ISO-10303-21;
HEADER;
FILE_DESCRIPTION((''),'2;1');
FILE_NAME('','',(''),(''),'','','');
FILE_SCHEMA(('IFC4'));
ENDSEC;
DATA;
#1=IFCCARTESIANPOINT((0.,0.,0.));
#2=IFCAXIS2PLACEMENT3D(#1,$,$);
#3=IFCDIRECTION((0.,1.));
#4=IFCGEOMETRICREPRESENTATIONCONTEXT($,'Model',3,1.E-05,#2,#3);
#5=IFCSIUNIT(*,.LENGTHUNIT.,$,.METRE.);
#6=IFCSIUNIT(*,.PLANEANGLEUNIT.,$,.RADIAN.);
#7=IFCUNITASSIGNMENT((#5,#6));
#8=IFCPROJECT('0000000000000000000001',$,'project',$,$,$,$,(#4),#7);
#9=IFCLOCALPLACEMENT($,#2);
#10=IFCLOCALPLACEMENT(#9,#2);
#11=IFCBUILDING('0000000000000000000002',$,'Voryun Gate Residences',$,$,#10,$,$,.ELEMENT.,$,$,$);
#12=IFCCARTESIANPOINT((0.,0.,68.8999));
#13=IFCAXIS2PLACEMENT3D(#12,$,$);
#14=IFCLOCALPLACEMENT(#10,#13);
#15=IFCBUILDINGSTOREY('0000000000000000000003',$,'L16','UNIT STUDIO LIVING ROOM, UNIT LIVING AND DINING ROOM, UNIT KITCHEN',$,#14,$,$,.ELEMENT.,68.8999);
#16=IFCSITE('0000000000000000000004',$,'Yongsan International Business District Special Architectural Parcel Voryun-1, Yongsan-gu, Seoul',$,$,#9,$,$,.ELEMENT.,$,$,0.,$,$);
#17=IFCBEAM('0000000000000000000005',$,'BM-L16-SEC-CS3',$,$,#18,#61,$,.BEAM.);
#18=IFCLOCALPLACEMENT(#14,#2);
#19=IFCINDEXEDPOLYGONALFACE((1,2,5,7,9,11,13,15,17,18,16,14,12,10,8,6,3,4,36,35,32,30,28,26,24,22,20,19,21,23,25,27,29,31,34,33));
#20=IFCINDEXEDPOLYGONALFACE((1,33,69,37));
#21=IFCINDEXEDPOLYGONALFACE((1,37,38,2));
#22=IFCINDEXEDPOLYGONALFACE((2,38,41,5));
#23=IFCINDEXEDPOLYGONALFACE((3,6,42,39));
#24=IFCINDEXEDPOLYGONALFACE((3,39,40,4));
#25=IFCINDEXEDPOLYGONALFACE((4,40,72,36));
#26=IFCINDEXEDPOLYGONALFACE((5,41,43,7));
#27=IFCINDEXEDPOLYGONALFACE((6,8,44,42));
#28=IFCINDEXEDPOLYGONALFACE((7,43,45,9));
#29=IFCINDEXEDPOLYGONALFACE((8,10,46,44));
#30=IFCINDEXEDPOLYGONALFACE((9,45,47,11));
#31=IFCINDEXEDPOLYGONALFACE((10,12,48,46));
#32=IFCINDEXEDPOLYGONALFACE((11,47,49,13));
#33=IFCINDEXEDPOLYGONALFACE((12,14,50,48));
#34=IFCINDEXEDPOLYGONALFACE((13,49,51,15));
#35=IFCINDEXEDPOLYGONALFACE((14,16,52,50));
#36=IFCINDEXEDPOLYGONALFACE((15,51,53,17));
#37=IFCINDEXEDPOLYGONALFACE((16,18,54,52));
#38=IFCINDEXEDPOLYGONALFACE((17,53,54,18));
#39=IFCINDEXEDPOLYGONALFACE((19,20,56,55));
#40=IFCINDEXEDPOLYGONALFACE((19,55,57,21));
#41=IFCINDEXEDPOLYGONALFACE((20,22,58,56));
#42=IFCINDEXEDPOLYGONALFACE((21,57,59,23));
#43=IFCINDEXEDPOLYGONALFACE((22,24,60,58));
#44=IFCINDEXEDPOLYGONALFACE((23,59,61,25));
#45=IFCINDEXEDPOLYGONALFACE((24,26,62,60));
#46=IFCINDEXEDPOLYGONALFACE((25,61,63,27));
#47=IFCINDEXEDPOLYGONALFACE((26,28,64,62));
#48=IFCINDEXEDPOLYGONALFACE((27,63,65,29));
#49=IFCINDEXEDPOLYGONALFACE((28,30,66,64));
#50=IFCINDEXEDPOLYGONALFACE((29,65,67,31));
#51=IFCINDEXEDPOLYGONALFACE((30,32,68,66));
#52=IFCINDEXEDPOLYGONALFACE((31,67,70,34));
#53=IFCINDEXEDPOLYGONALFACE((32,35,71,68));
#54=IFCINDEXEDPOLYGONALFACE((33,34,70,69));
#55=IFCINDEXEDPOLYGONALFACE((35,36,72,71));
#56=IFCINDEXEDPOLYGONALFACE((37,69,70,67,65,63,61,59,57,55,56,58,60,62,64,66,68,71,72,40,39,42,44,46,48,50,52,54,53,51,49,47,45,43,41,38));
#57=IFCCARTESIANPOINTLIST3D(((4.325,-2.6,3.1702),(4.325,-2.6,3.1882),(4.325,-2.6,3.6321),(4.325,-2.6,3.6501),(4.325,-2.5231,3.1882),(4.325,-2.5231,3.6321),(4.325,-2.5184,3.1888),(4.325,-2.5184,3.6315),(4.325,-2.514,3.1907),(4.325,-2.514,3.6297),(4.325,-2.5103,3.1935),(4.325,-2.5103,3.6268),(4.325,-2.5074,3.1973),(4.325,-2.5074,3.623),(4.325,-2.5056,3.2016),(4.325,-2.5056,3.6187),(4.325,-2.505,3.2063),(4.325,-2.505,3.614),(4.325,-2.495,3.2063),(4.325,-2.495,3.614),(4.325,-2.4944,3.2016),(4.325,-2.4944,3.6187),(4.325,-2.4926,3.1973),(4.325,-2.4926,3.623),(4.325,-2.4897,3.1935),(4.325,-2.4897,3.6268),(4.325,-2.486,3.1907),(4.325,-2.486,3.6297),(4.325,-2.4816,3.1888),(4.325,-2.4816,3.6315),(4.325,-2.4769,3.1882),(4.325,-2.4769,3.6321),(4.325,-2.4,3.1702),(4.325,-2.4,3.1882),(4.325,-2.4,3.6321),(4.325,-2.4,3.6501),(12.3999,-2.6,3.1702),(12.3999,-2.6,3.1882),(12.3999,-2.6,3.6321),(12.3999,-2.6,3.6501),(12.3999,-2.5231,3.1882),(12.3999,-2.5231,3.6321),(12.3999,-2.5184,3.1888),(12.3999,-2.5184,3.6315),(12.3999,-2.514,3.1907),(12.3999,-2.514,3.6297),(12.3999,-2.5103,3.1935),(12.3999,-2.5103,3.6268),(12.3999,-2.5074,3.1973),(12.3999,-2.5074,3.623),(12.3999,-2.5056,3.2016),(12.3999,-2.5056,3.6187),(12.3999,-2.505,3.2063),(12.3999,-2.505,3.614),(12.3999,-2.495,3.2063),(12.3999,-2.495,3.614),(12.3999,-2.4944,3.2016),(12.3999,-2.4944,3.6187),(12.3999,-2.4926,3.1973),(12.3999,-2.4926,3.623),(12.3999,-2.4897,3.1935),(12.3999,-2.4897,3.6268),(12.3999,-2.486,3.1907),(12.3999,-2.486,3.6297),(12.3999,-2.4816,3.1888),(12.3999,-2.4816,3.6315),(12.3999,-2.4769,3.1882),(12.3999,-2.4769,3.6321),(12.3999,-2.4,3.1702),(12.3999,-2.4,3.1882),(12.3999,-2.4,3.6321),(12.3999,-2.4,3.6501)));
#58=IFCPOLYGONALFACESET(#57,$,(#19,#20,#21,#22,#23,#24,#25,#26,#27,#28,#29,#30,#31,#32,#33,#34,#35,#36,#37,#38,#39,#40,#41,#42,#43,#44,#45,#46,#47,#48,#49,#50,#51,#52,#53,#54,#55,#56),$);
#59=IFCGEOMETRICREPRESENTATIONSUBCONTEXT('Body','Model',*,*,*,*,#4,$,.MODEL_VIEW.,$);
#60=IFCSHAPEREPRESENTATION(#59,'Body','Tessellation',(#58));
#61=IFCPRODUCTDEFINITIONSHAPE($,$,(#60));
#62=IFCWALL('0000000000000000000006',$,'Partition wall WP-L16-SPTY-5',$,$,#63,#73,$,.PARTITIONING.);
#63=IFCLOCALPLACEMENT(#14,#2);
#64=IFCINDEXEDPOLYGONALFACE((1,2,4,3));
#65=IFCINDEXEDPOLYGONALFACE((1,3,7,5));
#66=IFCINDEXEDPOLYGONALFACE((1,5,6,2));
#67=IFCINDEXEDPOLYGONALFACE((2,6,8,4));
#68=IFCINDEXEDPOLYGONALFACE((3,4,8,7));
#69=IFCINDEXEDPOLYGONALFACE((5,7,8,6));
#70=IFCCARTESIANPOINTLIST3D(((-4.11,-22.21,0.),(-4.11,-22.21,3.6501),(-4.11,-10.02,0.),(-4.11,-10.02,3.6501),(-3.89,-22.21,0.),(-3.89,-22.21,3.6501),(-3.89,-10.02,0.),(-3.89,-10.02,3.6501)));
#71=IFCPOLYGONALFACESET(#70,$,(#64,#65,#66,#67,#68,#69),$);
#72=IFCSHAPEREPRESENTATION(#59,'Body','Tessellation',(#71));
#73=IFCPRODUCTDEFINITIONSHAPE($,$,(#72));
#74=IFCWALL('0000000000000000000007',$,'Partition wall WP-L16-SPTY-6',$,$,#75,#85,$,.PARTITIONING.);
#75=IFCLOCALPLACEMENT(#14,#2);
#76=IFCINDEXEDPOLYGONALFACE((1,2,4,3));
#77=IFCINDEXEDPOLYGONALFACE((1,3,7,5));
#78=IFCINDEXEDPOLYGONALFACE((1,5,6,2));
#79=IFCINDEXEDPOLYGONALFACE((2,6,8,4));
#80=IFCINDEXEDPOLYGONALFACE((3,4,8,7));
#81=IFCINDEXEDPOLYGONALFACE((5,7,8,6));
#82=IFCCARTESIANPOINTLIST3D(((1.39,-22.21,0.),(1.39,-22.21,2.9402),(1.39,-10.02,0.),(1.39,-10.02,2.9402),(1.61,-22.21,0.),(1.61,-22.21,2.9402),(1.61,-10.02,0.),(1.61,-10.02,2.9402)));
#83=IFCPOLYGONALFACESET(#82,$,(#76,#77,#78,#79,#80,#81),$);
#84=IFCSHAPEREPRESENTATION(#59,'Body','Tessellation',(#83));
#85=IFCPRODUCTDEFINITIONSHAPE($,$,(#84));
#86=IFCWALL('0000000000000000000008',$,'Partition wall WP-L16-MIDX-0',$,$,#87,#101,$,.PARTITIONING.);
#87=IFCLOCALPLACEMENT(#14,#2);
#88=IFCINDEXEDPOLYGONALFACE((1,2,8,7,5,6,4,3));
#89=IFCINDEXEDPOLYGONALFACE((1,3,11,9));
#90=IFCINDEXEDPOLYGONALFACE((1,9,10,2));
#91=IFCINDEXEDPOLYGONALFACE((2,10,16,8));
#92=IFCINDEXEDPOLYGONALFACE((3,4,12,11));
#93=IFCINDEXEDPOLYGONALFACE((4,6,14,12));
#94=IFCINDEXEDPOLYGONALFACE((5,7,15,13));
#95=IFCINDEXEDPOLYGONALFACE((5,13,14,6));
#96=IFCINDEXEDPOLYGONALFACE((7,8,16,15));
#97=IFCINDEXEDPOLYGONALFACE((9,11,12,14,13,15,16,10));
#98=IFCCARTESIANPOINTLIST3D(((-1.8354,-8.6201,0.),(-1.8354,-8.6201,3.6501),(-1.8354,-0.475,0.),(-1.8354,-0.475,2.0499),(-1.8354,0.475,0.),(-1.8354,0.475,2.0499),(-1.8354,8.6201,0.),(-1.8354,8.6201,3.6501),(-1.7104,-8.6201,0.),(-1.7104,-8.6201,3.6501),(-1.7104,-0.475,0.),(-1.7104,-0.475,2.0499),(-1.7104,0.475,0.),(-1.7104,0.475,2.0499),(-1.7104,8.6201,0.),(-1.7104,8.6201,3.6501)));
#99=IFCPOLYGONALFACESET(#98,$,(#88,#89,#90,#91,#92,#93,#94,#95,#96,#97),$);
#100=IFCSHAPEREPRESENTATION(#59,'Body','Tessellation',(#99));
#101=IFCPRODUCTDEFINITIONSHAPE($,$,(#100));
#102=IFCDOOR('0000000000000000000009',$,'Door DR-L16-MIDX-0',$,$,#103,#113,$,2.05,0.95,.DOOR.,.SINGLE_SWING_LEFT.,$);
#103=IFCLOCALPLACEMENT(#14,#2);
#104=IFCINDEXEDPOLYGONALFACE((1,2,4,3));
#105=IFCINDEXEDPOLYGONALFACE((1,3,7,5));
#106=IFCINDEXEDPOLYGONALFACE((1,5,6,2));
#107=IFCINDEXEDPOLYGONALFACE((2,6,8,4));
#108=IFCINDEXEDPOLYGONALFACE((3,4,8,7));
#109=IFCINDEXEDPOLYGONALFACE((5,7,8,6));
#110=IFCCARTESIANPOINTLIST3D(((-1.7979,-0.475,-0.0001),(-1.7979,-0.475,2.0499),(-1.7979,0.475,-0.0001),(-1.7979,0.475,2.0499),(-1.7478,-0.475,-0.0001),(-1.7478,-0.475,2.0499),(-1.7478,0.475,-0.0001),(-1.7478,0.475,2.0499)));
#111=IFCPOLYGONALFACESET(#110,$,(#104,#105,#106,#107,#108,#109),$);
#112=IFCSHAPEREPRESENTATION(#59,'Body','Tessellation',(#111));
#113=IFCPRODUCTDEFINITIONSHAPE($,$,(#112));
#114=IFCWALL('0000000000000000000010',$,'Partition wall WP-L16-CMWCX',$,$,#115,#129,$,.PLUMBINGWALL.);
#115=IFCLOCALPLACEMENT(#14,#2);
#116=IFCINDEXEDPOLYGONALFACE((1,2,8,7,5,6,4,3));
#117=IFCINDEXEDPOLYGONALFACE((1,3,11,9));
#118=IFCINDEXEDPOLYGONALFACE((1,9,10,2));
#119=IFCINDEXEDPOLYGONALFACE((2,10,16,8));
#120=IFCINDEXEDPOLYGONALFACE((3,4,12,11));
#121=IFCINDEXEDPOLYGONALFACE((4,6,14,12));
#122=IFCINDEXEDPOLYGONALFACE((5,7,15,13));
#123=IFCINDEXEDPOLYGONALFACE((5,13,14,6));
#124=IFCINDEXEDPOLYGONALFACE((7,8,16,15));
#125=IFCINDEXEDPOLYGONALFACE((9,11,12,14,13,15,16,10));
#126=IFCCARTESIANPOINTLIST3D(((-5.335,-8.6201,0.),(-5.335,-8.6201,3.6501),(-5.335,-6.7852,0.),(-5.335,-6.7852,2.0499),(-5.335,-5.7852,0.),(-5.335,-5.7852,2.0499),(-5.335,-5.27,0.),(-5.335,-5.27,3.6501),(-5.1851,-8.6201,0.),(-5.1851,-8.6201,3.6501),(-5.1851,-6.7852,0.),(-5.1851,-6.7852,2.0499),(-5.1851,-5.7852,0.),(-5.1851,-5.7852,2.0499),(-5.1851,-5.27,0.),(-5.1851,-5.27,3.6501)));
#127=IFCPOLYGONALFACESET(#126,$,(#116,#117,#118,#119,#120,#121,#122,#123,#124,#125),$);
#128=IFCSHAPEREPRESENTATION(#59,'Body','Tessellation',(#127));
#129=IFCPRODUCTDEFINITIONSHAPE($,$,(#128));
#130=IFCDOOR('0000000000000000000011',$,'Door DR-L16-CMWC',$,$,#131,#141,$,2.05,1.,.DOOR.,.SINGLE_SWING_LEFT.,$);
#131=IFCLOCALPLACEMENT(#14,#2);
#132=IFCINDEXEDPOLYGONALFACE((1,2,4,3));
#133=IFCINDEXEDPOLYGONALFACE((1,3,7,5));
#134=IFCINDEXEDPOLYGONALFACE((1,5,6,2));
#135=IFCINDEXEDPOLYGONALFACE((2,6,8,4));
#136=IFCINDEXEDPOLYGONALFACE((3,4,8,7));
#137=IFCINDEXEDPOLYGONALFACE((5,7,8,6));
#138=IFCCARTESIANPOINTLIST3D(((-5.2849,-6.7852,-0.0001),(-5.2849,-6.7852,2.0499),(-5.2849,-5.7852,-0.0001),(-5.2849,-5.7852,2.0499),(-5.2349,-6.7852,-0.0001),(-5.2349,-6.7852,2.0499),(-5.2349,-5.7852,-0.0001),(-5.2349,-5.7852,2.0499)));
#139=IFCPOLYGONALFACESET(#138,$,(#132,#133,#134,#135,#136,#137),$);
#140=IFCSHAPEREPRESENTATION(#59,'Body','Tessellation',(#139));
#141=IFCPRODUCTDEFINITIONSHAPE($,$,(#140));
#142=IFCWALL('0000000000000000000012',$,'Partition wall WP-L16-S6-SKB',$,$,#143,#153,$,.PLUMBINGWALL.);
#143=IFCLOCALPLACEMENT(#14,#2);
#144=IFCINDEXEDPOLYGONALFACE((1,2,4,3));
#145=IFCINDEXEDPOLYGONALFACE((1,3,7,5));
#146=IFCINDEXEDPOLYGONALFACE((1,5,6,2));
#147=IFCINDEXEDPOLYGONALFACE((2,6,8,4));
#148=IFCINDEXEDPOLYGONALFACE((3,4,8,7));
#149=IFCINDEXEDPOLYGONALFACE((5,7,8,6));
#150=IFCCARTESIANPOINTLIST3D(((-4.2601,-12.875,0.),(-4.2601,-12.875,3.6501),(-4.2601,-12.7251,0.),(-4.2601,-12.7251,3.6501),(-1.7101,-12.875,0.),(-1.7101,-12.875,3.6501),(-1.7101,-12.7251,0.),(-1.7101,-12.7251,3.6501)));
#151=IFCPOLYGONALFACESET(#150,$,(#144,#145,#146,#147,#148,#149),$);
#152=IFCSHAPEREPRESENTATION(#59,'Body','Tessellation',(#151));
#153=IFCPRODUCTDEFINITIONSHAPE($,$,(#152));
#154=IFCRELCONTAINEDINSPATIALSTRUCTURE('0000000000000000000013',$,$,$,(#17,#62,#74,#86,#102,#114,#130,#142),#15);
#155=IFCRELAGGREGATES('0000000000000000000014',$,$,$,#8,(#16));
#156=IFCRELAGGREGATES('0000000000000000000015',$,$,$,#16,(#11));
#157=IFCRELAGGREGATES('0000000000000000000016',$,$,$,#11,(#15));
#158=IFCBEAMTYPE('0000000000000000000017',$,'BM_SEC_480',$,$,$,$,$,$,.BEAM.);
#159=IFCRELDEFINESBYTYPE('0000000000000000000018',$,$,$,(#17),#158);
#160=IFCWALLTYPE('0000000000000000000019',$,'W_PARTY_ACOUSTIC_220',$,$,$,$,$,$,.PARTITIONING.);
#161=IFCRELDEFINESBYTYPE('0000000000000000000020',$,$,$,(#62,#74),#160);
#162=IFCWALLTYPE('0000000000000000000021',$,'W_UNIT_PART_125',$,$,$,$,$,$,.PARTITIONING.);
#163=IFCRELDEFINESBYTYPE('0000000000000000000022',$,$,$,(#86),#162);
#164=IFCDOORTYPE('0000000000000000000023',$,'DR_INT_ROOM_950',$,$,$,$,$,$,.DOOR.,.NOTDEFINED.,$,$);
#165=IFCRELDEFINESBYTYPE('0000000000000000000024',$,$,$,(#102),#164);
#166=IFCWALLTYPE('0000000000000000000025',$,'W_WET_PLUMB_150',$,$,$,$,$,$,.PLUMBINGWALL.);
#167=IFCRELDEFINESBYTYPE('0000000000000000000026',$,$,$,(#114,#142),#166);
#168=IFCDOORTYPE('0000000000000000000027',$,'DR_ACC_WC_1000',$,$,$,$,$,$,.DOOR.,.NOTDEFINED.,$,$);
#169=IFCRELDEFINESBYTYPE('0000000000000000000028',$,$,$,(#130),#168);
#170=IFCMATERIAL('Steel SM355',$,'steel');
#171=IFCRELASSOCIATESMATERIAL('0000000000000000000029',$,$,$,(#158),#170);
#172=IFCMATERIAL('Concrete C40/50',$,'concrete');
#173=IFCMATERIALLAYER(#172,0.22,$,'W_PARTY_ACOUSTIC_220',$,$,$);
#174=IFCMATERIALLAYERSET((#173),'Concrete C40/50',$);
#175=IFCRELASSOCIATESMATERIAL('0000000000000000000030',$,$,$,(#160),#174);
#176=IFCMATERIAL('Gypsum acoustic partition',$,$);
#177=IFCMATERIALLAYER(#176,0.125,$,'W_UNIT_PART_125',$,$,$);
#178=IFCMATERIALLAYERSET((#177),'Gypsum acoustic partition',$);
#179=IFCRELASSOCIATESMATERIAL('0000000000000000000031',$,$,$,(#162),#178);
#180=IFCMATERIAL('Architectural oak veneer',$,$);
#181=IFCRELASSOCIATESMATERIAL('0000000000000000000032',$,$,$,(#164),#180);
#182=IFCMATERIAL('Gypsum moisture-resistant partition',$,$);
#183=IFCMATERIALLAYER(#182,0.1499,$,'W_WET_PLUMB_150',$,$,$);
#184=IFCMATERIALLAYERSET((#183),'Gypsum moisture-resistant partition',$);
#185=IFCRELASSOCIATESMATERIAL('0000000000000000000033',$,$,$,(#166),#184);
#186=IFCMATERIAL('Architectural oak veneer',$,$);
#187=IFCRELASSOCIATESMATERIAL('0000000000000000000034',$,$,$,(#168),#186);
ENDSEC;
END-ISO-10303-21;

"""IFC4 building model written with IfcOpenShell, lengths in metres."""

from ifc_helpers import new_model, si_unit, direction, frame, frame_2d, origin, origin_2d, place, context, subcontext, project, spatial, rectangle, i_section, extrude, material, layer, layer_set, material_profile, profile_set, type_object, element, fill, save


model = new_model("IFC4")

# Units and contexts
model_context = context("Model", 3, precision=1e-05, world=origin(), true_north=direction((0.0, 1.0)))
body_context = subcontext(model_context, "Body", "Model", "MODEL_VIEW")
ifc_project = project(units=[si_unit("LENGTHUNIT", "METRE"), si_unit("PLANEANGLEUNIT", "RADIAN")], contexts=[model_context])

# Site, building, storey
site_placement = place(None, origin())
site = spatial("IfcSite", under=ifc_project, at=site_placement, Name="Yongsan International Business District Special Architectural Parcel Voryun-1, Yongsan-gu, Seoul", CompositionType="ELEMENT", RefElevation=0.0)
building_placement = place(site_placement, origin())
building = spatial("IfcBuilding", under=site, at=building_placement, Name="Voryun Gate Residences", CompositionType="ELEMENT")
storey_placement = place(building_placement, frame((0.0, 0.0, 68.8999)))
storey = spatial("IfcBuildingStorey", under=building, at=storey_placement, Name="L16", Description="UNIT STUDIO LIVING ROOM, UNIT LIVING AND DINING ROOM, UNIT KITCHEN", CompositionType="ELEMENT", Elevation=68.8999)

# Beam
ifc_material_1 = material(Name="Steel SM355", Category="steel")
ifc_material_profile_1 = material_profile(ifc_material_1, i_section(OverallWidth=0.2, OverallDepth=0.48, WebThickness=0.01, FlangeThickness=0.0181, FilletRadius=0.0181, at=origin_2d()), Name="H-480x200x10x18")
ifc_profile_set_1 = profile_set([ifc_material_profile_1], Name="Steel SM355")
beam_type_1 = type_object("IfcBeamType", Name="BM_SEC_480", PredefinedType="BEAM", material=ifc_profile_set_1)
beam_1_placement = place(storey_placement, frame((4.325, -2.5, 3.4102), z_axis=(1.0, 0.0, 0.0), x_axis=(0.0, 1.0, 0.0)))
element("IfcBeam", 1, at=beam_1_placement, inside=storey, type_object=beam_type_1, Name="BM-L16-SEC-CS3", PredefinedType="BEAM", context=body_context, shape_type="SweptSolid", body=[
    extrude(i_section(OverallWidth=0.2, OverallDepth=0.48, WebThickness=0.01, FlangeThickness=0.0181, FilletRadius=0.0181, at=origin_2d()), origin(), (0.0, 0.0, 1.0), 8.075),
])

# Walls
ifc_material_2 = material(Name="Concrete C40/50", Category="concrete")
ifc_layer_1 = layer(ifc_material_2, 0.22, Name="W_PARTY_ACOUSTIC_220")
ifc_layer_set_1 = layer_set([ifc_layer_1], Name="Concrete C40/50")
wall_type_1 = type_object("IfcWallType", Name="W_PARTY_ACOUSTIC_220", PredefinedType="PARTITIONING", material=ifc_layer_set_1)
wall_1_placement = place(storey_placement, frame((-4.0, -22.21, 0.0), z_axis=(0.0, 0.0, 1.0), x_axis=(0.0, 1.0, 0.0)))
element("IfcWall", 2, at=wall_1_placement, inside=storey, type_object=wall_type_1, Name="Partition wall WP-L16-SPTY-5", PredefinedType="PARTITIONING", context=body_context, shape_type="SweptSolid", body=[
    extrude(rectangle(XDim=12.1899, YDim=0.22, at=frame_2d((6.095, 0.0))), origin(), (0.0, 0.0, 1.0), 3.6501),
])
wall_2_placement = place(storey_placement, frame((1.5, -22.21, 0.0), z_axis=(0.0, 0.0, 1.0), x_axis=(0.0, 1.0, 0.0)))
element("IfcWall", 3, at=wall_2_placement, inside=storey, type_object=wall_type_1, Name="Partition wall WP-L16-SPTY-6", PredefinedType="PARTITIONING", context=body_context, shape_type="SweptSolid", body=[
    extrude(rectangle(XDim=12.1899, YDim=0.22, at=frame_2d((6.095, 0.0))), origin(), (0.0, 0.0, 1.0), 2.9402),
])

# Walls, openings, doors
ifc_material_3 = material(Name="Gypsum acoustic partition")
ifc_layer_2 = layer(ifc_material_3, 0.125, Name="W_UNIT_PART_125")
ifc_layer_set_2 = layer_set([ifc_layer_2], Name="Gypsum acoustic partition")
wall_type_2 = type_object("IfcWallType", Name="W_UNIT_PART_125", PredefinedType="PARTITIONING", material=ifc_layer_set_2)
wall_3_placement = place(storey_placement, frame((-1.7729, -8.6201, 0.0), z_axis=(0.0, 0.0, 1.0), x_axis=(0.0, 1.0, 0.0)))
wall_3 = element("IfcWall", 4, at=wall_3_placement, inside=storey, type_object=wall_type_2, Name="Partition wall WP-L16-MIDX-0", PredefinedType="PARTITIONING", context=body_context, shape_type="SweptSolid", body=[
    extrude(rectangle(XDim=17.2402, YDim=0.125, at=frame_2d((8.6201, 0.0))), origin(), (0.0, 0.0, 1.0), 3.6501),
])
opening_1_placement = place(wall_3_placement, frame((8.145, 0.0, 0.0)))
opening_1 = element("IfcOpeningElement", 5, at=opening_1_placement, cuts=wall_3, PredefinedType="OPENING", context=body_context, shape_type="SweptSolid", body=[
    extrude(rectangle(XDim=0.95, YDim=2.05, at=frame_2d((0.4751, 1.0249))), frame((0.0, 0.0725, 0.0), z_axis=(0.0, -1.0, 0.0), x_axis=(1.0, 0.0, 0.0)), (0.0, 0.0, 1.0), 0.145),
])
ifc_material_4 = material(Name="Architectural oak veneer")
door_type_1 = type_object("IfcDoorType", Name="DR_INT_ROOM_950", OperationType="NOTDEFINED", PredefinedType="DOOR", material=ifc_material_4)
door_1_placement = place(opening_1_placement, origin())
door_1 = element("IfcDoor", 6, at=door_1_placement, inside=storey, type_object=door_type_1, Name="Door DR-L16-MIDX-0", OperationType="SINGLE_SWING_LEFT", OverallHeight=2.05, OverallWidth=0.95, PredefinedType="DOOR", context=body_context, shape_type="SweptSolid", body=[
    extrude(rectangle(XDim=0.95, YDim=2.05, at=frame_2d((0.4751, 1.0249))), frame((0.0, 0.0249, 0.0), z_axis=(0.0, -1.0, 0.0), x_axis=(1.0, 0.0, 0.0)), (0.0, 0.0, 1.0), 0.05),
])
fill(opening_1, door_1)
ifc_material_5 = material(Name="Gypsum moisture-resistant partition")
ifc_layer_3 = layer(ifc_material_5, 0.1499, Name="W_WET_PLUMB_150")
ifc_layer_set_3 = layer_set([ifc_layer_3], Name="Gypsum moisture-resistant partition")
wall_type_3 = type_object("IfcWallType", Name="W_WET_PLUMB_150", PredefinedType="PLUMBINGWALL", material=ifc_layer_set_3)
wall_4_placement = place(storey_placement, frame((-5.26, -8.6201, 0.0), z_axis=(0.0, 0.0, 1.0), x_axis=(0.0, 1.0, 0.0)))
wall_4 = element("IfcWall", 7, at=wall_4_placement, inside=storey, type_object=wall_type_3, Name="Partition wall WP-L16-CMWCX", PredefinedType="PLUMBINGWALL", context=body_context, shape_type="SweptSolid", body=[
    extrude(rectangle(XDim=3.3501, YDim=0.1499, at=frame_2d((1.675, 0.0))), origin(), (0.0, 0.0, 1.0), 3.6501),
])
opening_2_placement = place(wall_4_placement, frame((1.835, 0.0, 0.0)))
opening_2 = element("IfcOpeningElement", 8, at=opening_2_placement, cuts=wall_4, PredefinedType="OPENING", context=body_context, shape_type="SweptSolid", body=[
    extrude(rectangle(XDim=1.0, YDim=2.05, at=frame_2d((0.5, 1.0249))), frame((0.0, 0.085, 0.0), z_axis=(0.0, -1.0, 0.0), x_axis=(1.0, 0.0, 0.0)), (0.0, 0.0, 1.0), 0.1699),
])
ifc_material_6 = material(Name="Architectural oak veneer")
door_type_2 = type_object("IfcDoorType", Name="DR_ACC_WC_1000", OperationType="NOTDEFINED", PredefinedType="DOOR", material=ifc_material_6)
door_2_placement = place(opening_2_placement, origin())
door_2 = element("IfcDoor", 9, at=door_2_placement, inside=storey, type_object=door_type_2, Name="Door DR-L16-CMWC", OperationType="SINGLE_SWING_LEFT", OverallHeight=2.05, OverallWidth=1.0, PredefinedType="DOOR", context=body_context, shape_type="SweptSolid", body=[
    extrude(rectangle(XDim=1.0, YDim=2.05, at=frame_2d((0.5, 1.0249))), frame((0.0, 0.0249, 0.0), z_axis=(0.0, -1.0, 0.0), x_axis=(1.0, 0.0, 0.0)), (0.0, 0.0, 1.0), 0.05),
])
fill(opening_2, door_2)

# Wall
wall_5_placement = place(storey_placement, frame((-4.26, -12.8, 0.0), z_axis=(0.0, 0.0, 1.0), x_axis=(1.0, 0.0, 0.0)))
element("IfcWall", 10, at=wall_5_placement, inside=storey, type_object=wall_type_3, Name="Partition wall WP-L16-S6-SKB", PredefinedType="PLUMBINGWALL", context=body_context, shape_type="SweptSolid", body=[
    extrude(rectangle(XDim=2.55, YDim=0.1499, at=frame_2d((1.2749, 0.0))), origin(), (0.0, 0.0, 1.0), 3.6501),
])

save(model, "model.ifc")
